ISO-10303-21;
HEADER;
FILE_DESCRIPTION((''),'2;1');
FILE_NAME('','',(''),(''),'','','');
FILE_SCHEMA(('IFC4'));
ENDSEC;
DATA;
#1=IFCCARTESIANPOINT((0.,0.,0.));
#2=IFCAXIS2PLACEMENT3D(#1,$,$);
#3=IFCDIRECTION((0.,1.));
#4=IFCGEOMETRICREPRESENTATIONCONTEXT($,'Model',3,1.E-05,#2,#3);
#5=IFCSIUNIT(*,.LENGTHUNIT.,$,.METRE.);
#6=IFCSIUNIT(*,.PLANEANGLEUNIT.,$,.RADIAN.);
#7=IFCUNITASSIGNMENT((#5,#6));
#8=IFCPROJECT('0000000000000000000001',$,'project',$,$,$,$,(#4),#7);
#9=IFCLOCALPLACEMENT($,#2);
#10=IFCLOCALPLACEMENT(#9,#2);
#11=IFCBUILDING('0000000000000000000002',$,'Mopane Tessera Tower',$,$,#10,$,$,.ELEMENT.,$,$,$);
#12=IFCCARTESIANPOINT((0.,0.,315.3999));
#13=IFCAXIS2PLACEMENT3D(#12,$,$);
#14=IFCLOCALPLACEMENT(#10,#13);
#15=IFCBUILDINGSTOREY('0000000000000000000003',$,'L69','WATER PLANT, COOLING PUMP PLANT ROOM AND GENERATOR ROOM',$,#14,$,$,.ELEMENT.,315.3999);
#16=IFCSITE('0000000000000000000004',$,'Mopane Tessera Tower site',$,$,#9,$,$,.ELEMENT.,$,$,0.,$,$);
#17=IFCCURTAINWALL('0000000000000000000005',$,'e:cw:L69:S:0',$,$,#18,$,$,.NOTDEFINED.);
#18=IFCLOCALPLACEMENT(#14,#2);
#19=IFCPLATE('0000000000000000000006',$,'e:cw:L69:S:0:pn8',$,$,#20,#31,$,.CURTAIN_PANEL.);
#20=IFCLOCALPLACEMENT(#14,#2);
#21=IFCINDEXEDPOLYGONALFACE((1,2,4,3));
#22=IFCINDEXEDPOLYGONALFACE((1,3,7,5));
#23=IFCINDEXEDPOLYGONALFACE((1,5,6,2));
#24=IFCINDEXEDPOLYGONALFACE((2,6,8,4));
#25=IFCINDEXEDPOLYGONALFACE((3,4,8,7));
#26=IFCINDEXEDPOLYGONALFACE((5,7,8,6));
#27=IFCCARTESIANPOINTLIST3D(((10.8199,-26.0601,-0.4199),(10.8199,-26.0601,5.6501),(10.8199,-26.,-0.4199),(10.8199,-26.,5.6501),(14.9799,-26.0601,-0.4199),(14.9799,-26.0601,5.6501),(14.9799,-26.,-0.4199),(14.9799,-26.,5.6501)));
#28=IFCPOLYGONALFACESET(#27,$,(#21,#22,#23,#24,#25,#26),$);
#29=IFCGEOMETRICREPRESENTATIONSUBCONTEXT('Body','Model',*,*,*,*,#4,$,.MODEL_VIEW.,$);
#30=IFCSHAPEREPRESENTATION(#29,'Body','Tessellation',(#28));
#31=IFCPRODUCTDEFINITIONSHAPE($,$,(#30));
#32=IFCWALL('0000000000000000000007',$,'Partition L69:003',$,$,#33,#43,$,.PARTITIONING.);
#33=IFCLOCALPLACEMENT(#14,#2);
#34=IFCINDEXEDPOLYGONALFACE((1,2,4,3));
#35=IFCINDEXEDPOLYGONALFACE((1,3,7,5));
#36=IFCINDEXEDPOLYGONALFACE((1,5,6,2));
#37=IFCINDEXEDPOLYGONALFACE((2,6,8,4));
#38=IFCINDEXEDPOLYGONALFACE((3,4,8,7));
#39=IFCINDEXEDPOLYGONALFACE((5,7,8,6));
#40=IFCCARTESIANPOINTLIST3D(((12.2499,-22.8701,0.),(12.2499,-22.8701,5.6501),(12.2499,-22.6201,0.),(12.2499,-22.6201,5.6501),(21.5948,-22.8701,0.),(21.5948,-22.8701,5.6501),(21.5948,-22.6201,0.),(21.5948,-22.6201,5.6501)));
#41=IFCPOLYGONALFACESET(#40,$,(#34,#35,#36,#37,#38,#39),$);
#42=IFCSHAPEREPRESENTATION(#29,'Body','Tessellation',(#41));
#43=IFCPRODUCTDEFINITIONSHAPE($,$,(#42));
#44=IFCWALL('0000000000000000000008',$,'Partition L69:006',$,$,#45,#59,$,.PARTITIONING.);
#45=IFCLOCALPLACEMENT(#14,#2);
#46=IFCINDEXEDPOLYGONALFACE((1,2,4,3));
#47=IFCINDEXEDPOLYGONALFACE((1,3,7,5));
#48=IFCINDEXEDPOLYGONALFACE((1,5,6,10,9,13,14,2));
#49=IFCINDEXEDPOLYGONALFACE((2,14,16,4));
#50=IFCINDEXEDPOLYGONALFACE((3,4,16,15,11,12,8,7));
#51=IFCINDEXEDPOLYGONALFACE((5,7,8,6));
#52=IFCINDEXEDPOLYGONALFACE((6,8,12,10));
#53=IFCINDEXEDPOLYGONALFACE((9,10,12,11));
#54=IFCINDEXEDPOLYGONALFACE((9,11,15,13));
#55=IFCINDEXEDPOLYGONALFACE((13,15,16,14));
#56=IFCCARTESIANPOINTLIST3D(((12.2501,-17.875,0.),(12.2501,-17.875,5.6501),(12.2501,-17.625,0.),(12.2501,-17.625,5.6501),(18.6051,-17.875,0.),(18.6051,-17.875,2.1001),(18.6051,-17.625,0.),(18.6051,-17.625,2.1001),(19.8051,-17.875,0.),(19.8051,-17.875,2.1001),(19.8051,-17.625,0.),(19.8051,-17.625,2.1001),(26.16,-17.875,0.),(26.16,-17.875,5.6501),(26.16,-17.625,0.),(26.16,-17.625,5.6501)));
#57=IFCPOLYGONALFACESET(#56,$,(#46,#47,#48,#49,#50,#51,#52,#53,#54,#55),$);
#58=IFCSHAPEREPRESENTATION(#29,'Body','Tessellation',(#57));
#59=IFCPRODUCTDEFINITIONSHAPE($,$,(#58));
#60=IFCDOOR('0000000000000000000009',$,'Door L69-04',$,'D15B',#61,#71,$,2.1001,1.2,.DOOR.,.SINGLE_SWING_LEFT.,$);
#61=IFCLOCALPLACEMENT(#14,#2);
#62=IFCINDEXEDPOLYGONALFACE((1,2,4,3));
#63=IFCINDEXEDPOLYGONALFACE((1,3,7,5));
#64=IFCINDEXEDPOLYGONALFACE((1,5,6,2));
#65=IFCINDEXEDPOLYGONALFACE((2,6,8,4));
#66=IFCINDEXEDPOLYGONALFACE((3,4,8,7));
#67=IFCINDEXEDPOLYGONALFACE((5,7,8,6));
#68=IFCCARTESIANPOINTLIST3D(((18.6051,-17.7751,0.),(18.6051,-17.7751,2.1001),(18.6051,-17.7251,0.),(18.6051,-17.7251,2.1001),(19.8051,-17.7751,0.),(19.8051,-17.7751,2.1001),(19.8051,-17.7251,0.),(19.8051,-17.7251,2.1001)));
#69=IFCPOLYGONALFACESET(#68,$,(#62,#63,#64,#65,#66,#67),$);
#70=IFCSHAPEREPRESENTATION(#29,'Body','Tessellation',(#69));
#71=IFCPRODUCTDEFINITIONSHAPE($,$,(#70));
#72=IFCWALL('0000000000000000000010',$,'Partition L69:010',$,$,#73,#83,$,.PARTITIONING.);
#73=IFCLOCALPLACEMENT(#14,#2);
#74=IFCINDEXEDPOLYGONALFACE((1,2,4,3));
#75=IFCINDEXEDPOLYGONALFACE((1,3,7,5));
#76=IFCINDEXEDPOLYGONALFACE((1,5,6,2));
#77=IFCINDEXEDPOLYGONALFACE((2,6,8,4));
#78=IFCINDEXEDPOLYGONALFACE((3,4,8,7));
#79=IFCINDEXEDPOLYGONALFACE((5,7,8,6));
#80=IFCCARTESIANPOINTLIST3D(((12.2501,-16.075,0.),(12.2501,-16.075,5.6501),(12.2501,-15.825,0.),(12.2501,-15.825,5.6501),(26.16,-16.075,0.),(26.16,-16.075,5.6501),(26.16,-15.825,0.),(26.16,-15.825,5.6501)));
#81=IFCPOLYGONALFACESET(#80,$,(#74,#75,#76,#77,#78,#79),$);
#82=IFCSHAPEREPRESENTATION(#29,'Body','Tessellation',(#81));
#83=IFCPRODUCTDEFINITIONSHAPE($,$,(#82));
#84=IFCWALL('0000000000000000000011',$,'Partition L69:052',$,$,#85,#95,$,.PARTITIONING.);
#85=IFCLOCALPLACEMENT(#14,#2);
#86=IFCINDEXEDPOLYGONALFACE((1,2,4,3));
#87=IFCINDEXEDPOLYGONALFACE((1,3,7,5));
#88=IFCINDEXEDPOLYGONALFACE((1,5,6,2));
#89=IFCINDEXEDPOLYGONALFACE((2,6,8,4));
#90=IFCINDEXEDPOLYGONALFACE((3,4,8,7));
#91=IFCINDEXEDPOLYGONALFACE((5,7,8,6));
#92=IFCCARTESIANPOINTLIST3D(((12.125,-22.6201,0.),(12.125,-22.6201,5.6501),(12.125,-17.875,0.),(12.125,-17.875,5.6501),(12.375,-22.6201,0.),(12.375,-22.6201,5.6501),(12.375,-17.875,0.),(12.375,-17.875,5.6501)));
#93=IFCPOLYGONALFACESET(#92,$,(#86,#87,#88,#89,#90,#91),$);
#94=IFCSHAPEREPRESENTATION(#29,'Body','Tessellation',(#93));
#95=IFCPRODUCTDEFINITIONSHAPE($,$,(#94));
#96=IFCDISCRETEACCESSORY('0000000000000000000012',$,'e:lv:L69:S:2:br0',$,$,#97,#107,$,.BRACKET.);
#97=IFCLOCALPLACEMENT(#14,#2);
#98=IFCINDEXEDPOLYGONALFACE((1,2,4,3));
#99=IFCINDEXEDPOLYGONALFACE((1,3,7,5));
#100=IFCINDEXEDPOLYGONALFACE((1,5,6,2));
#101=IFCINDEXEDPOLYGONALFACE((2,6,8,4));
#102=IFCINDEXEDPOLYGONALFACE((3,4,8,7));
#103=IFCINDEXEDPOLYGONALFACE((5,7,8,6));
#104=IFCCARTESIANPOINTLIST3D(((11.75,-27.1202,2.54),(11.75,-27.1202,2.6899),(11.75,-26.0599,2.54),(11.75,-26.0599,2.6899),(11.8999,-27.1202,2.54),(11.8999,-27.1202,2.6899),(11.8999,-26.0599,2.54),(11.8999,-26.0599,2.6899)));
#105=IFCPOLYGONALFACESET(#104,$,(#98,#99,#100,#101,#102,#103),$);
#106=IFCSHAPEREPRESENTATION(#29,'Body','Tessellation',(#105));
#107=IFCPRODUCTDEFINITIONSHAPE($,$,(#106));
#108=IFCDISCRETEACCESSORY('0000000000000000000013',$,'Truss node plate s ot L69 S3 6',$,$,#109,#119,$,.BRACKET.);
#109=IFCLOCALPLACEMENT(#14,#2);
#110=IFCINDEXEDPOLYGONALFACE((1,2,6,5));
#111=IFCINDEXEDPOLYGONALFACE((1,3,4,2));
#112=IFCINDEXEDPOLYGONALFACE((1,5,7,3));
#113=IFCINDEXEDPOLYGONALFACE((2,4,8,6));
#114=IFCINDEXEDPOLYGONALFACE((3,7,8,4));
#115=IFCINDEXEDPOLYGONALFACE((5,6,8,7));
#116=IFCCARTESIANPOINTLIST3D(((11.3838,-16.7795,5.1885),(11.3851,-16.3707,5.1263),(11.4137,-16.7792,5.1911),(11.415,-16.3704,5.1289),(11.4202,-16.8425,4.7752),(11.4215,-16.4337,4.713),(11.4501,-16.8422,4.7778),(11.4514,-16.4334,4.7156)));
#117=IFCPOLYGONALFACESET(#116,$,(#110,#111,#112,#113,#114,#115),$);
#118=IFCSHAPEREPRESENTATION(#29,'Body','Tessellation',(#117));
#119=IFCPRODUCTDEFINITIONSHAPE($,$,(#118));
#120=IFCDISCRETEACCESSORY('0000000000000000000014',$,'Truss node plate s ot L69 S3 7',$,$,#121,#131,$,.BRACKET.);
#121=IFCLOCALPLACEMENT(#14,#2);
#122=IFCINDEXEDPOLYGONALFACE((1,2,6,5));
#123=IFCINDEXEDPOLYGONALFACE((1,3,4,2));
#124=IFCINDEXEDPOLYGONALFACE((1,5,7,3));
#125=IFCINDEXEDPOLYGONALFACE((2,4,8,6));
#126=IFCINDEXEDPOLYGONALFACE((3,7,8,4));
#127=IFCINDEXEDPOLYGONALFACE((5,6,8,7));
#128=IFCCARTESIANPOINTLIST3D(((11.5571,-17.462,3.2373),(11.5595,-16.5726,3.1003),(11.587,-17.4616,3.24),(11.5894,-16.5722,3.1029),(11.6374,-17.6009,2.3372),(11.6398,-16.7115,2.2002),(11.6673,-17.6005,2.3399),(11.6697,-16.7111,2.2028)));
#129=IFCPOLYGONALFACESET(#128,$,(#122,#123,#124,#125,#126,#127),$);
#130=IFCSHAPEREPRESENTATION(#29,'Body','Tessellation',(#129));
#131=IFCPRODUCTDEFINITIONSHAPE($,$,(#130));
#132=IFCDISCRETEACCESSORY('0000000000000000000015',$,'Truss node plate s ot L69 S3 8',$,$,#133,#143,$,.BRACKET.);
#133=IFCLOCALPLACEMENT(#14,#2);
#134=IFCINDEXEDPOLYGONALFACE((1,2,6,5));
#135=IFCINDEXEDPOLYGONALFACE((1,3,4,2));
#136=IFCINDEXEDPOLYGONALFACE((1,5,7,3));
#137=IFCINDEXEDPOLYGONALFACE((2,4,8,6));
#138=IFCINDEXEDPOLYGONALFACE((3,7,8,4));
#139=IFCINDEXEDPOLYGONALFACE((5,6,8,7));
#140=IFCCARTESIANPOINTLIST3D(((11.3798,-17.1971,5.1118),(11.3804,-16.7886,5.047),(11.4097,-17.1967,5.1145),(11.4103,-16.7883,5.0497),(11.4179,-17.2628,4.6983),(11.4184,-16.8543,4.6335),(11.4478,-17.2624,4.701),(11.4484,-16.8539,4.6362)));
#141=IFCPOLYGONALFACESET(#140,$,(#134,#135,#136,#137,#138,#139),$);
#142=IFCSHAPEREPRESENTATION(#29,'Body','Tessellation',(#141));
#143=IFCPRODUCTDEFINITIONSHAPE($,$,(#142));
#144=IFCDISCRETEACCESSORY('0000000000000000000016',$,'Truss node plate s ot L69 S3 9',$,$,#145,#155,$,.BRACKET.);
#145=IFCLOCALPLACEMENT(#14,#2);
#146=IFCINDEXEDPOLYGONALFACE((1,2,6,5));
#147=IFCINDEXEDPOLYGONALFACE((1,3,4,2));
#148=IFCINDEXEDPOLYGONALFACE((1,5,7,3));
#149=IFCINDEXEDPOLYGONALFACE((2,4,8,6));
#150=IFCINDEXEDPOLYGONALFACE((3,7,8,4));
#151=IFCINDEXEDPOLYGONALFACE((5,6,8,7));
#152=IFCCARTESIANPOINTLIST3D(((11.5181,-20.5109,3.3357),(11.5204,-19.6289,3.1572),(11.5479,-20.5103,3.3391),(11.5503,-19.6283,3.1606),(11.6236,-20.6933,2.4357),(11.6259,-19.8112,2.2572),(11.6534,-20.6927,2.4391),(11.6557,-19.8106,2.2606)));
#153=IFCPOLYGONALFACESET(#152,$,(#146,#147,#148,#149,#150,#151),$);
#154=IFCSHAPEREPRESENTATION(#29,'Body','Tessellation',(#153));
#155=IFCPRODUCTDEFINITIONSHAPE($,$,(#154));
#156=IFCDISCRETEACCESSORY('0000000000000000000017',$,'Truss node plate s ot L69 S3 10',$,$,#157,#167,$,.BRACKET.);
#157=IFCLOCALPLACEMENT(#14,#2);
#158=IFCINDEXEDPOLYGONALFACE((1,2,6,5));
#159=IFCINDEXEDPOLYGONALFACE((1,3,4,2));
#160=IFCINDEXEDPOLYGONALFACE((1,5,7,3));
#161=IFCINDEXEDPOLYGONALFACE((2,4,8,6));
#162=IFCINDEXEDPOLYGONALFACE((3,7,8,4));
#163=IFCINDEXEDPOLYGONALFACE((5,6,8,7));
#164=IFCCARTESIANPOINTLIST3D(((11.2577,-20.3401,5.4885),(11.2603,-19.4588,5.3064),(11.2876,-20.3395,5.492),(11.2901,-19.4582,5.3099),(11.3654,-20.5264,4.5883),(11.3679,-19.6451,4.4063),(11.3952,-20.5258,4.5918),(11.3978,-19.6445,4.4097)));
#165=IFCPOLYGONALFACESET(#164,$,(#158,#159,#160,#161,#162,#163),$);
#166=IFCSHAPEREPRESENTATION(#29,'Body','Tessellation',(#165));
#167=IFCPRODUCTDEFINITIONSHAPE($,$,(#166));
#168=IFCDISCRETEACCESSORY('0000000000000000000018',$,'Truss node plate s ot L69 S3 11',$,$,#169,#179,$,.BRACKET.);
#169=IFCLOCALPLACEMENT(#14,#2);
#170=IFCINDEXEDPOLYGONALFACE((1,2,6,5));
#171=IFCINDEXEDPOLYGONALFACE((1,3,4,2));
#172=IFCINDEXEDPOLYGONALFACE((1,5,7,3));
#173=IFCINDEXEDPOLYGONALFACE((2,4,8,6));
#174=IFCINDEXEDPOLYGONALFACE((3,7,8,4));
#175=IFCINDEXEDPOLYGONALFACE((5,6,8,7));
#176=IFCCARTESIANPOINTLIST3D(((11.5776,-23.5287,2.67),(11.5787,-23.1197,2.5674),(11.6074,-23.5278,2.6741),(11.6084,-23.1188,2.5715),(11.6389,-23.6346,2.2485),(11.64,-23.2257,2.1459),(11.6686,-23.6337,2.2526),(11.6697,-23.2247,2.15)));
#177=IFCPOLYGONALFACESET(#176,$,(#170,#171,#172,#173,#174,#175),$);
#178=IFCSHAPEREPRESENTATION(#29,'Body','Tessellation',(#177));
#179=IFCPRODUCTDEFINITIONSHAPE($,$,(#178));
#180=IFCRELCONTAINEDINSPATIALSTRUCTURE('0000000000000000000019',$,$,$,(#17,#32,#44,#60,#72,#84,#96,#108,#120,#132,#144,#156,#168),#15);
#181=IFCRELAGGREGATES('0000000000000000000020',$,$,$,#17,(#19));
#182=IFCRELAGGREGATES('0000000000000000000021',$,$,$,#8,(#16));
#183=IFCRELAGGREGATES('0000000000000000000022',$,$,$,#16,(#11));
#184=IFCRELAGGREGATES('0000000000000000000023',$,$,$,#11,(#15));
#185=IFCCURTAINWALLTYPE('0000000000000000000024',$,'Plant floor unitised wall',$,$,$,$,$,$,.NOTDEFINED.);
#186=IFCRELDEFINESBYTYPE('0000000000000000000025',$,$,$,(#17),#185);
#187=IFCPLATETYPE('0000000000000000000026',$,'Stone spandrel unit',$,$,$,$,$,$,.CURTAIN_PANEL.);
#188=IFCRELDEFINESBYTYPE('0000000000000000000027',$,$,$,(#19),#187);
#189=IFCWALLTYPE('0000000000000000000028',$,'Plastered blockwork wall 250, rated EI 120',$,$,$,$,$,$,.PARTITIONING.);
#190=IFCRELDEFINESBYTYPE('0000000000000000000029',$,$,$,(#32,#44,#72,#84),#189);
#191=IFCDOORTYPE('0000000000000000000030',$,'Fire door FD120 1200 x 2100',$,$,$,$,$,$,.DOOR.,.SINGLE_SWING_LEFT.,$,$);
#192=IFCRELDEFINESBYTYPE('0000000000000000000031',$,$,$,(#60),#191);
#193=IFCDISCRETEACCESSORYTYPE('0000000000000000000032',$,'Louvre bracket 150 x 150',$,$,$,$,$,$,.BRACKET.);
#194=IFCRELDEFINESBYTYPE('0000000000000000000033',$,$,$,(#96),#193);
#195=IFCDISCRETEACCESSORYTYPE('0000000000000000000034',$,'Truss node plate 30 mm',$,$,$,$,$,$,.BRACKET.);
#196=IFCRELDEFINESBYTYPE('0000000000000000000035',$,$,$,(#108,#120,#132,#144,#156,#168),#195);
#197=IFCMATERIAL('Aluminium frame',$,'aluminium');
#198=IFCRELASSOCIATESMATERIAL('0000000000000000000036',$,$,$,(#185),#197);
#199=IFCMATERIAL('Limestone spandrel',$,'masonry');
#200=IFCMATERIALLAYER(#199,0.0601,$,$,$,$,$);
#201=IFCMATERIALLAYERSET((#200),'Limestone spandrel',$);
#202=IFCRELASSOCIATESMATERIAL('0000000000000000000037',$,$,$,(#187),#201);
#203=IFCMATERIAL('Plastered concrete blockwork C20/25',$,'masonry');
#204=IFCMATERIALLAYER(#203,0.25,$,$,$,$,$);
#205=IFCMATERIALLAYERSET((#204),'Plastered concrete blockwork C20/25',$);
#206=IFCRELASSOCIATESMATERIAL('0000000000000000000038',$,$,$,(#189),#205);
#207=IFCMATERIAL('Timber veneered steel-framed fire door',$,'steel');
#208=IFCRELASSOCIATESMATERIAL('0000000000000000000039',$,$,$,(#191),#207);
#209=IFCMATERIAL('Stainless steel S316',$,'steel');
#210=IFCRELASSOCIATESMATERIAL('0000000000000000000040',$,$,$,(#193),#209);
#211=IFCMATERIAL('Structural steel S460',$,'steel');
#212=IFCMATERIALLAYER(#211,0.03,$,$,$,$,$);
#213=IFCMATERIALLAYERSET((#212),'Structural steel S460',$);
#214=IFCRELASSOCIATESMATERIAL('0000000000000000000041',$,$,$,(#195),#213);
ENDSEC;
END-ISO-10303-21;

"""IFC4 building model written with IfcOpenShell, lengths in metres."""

from ifc_helpers import new_model, si_unit, direction, frame, frame_2d, origin, origin_2d, place, context, subcontext, project, spatial, rectangle, extrude, material, layer, layer_set, type_object, element, fill, aggregate, save


model = new_model("IFC4")

# Units and contexts
model_context = context("Model", 3, precision=1e-05, world=origin(), true_north=direction((0.0, 1.0)))
body_context = subcontext(model_context, "Body", "Model", "MODEL_VIEW")
ifc_project = project(units=[si_unit("LENGTHUNIT", "METRE"), si_unit("PLANEANGLEUNIT", "RADIAN")], contexts=[model_context])

# Site, building, storey
site_placement = place(None, origin())
site = spatial("IfcSite", under=ifc_project, at=site_placement, Name="Mopane Tessera Tower site", CompositionType="ELEMENT", RefElevation=0.0)
building_placement = place(site_placement, origin())
building = spatial("IfcBuilding", under=site, at=building_placement, Name="Mopane Tessera Tower", CompositionType="ELEMENT")
storey_placement = place(building_placement, frame((0.0, 0.0, 315.3999)))
storey = spatial("IfcBuildingStorey", under=building, at=storey_placement, Name="L69", Description="WATER PLANT, COOLING PUMP PLANT ROOM AND GENERATOR ROOM", CompositionType="ELEMENT", Elevation=315.3999)

# Curtain wall
ifc_material_1 = material(Name="Aluminium frame", Category="aluminium")
curtain_wall_type = type_object("IfcCurtainWallType", Name="Plant floor unitised wall", PredefinedType="NOTDEFINED", material=ifc_material_1)
curtain_wall_placement = place(storey_placement, origin())
curtain_wall = element("IfcCurtainWall", 1, at=curtain_wall_placement, inside=storey, type_object=curtain_wall_type, Name="e:cw:L69:S:0", PredefinedType="NOTDEFINED")

# Plate
ifc_material_2 = material(Name="Limestone spandrel", Category="masonry")
ifc_layer_1 = layer(ifc_material_2, 0.0601)
ifc_layer_set_1 = layer_set([ifc_layer_1], Name="Limestone spandrel")
plate_type = type_object("IfcPlateType", Name="Stone spandrel unit", PredefinedType="CURTAIN_PANEL", material=ifc_layer_set_1)
plate_placement = place(storey_placement, frame((12.8999, -26.03, -0.4199), z_axis=(0.0, 0.0, 1.0), x_axis=(1.0, 0.0, 0.0)))
plate = element("IfcPlate", 2, at=plate_placement, type_object=plate_type, Name="e:cw:L69:S:0:pn8", PredefinedType="CURTAIN_PANEL", context=body_context, shape_type="SweptSolid", body=[
    extrude(rectangle(XDim=4.1599, YDim=0.0601, at=origin_2d()), origin(), (0.0, 0.0, 1.0), 6.0701),
])
aggregate(curtain_wall, [plate])

# Wall
ifc_material_3 = material(Name="Plastered concrete blockwork C20/25", Category="masonry")
ifc_layer_2 = layer(ifc_material_3, 0.25)
ifc_layer_set_2 = layer_set([ifc_layer_2], Name="Plastered concrete blockwork C20/25")
wall_type = type_object("IfcWallType", Name="Plastered blockwork wall 250, rated EI 120", PredefinedType="PARTITIONING", material=ifc_layer_set_2)
wall_1_placement = place(storey_placement, frame((12.25, -22.7451, 0.0), z_axis=(0.0, 0.0, 1.0), x_axis=(1.0, 0.0, 0.0)))
element("IfcWall", 3, at=wall_1_placement, inside=storey, type_object=wall_type, Name="Partition L69:003", PredefinedType="PARTITIONING", context=body_context, shape_type="SweptSolid", body=[
    extrude(rectangle(XDim=9.345, YDim=0.25, at=frame_2d((4.6724, 0.0))), origin(), (0.0, 0.0, 1.0), 5.6501),
])

# Wall, opening, door
wall_2_placement = place(storey_placement, frame((12.25, -17.75, 0.0), z_axis=(0.0, 0.0, 1.0), x_axis=(1.0, 0.0, 0.0)))
wall_2 = element("IfcWall", 4, at=wall_2_placement, inside=storey, type_object=wall_type, Name="Partition L69:006", PredefinedType="PARTITIONING", context=body_context, shape_type="SweptSolid", body=[
    extrude(rectangle(XDim=13.9099, YDim=0.25, at=frame_2d((6.9551, 0.0))), origin(), (0.0, 0.0, 1.0), 5.6501),
])
opening_placement = place(wall_2_placement, frame((6.355, 0.0, 0.0)))
opening = element("IfcOpeningElement", 5, at=opening_placement, cuts=wall_2, PredefinedType="OPENING", context=body_context, shape_type="SweptSolid", body=[
    extrude(rectangle(XDim=1.2, YDim=2.1001, at=frame_2d((0.6001, 1.05))), frame((0.0, 0.137, 0.0), z_axis=(0.0, -1.0, 0.0), x_axis=(1.0, 0.0, 0.0)), (0.0, 0.0, 1.0), 0.2739),
])
ifc_material_4 = material(Name="Timber veneered steel-framed fire door", Category="steel")
door_type = type_object("IfcDoorType", Name="Fire door FD120 1200 x 2100", OperationType="SINGLE_SWING_LEFT", PredefinedType="DOOR", material=ifc_material_4)
door_placement = place(opening_placement, origin())
door = element("IfcDoor", 6, at=door_placement, inside=storey, type_object=door_type, Name="Door L69-04", ObjectType="D15B", OperationType="SINGLE_SWING_LEFT", OverallHeight=2.1001, OverallWidth=1.2, PredefinedType="DOOR", context=body_context, shape_type="SweptSolid", body=[
    extrude(rectangle(XDim=1.2, YDim=2.1001, at=frame_2d((0.6001, 1.05))), frame((0.0, 0.0249, 0.0), z_axis=(0.0, -1.0, 0.0), x_axis=(1.0, 0.0, 0.0)), (0.0, 0.0, 1.0), 0.05),
])
fill(opening, door)

# Walls
wall_3_placement = place(storey_placement, frame((12.25, -15.95, 0.0), z_axis=(0.0, 0.0, 1.0), x_axis=(1.0, 0.0, 0.0)))
element("IfcWall", 7, at=wall_3_placement, inside=storey, type_object=wall_type, Name="Partition L69:010", PredefinedType="PARTITIONING", context=body_context, shape_type="SweptSolid", body=[
    extrude(rectangle(XDim=13.9099, YDim=0.25, at=frame_2d((6.9551, 0.0))), origin(), (0.0, 0.0, 1.0), 5.6501),
])
wall_4_placement = place(storey_placement, frame((12.25, -22.6201, 0.0), z_axis=(0.0, 0.0, 1.0), x_axis=(0.0, 1.0, 0.0)))
element("IfcWall", 8, at=wall_4_placement, inside=storey, type_object=wall_type, Name="Partition L69:052", PredefinedType="PARTITIONING", context=body_context, shape_type="SweptSolid", body=[
    extrude(rectangle(XDim=4.7451, YDim=0.25, at=frame_2d((2.3726, 0.0))), origin(), (0.0, 0.0, 1.0), 5.6501),
])

# Discrete accessories
ifc_material_5 = material(Name="Stainless steel S316", Category="steel")
discrete_accessory_type_1 = type_object("IfcDiscreteAccessoryType", Name="Louvre bracket 150 x 150", PredefinedType="BRACKET", material=ifc_material_5)
discrete_accessory_1_placement = place(storey_placement, frame((11.825, -26.5901, 2.54), z_axis=(0.0, 0.0, 1.0), x_axis=(0.0, -1.0, 0.0)))
element("IfcDiscreteAccessory", 9, at=discrete_accessory_1_placement, inside=storey, type_object=discrete_accessory_type_1, Name="e:lv:L69:S:2:br0", PredefinedType="BRACKET", context=body_context, shape_type="SweptSolid", body=[
    extrude(rectangle(XDim=1.0603, YDim=0.1499, at=origin_2d()), origin(), (0.0, 0.0, 1.0), 0.1499),
])
ifc_material_6 = material(Name="Structural steel S460", Category="steel")
ifc_layer_3 = layer(ifc_material_6, 0.03)
ifc_layer_set_3 = layer_set([ifc_layer_3], Name="Structural steel S460")
discrete_accessory_type_2 = type_object("IfcDiscreteAccessoryType", Name="Truss node plate 30 mm", PredefinedType="BRACKET", material=ifc_layer_set_3)
discrete_accessory_2_placement = place(storey_placement, frame((11.4358, -16.6379, 4.7454), z_axis=(-0.086678, 0.150086, 0.984866), x_axis=(0.996231, 0.009872, 0.086173)))
element("IfcDiscreteAccessory", 10, at=discrete_accessory_2_placement, inside=storey, type_object=discrete_accessory_type_2, Name="Truss node plate s ot L69 S3 6", PredefinedType="BRACKET", context=body_context, shape_type="SweptSolid", body=[
    extrude(rectangle(XDim=0.03, YDim=0.4136, at=origin_2d()), origin(), (0.0, 0.0, 1.0), 0.4197),
])
discrete_accessory_3_placement = place(storey_placement, frame((11.6536, -17.156, 2.27), z_axis=(-0.087848, 0.151931, 0.984479), x_axis=(0.99613, 0.010738, 0.08723)))
element("IfcDiscreteAccessory", 11, at=discrete_accessory_3_placement, inside=storey, type_object=discrete_accessory_type_2, Name="Truss node plate s ot L69 S3 7", PredefinedType="BRACKET", context=body_context, shape_type="SweptSolid", body=[
    extrude(rectangle(XDim=0.03, YDim=0.8999, at=origin_2d()), origin(), (0.0, 0.0, 1.0), 0.9143),
])
discrete_accessory_4_placement = place(storey_placement, frame((11.4331, -17.0583, 4.6672), z_axis=(-0.090576, 0.156186, 0.983566), x_axis=(0.995888, 0.01279, 0.08968)))
element("IfcDiscreteAccessory", 12, at=discrete_accessory_4_placement, inside=storey, type_object=discrete_accessory_type_2, Name="Truss node plate s ot L69 S3 8", PredefinedType="BRACKET", context=body_context, shape_type="SweptSolid", body=[
    extrude(rectangle(XDim=0.03, YDim=0.4136, at=origin_2d()), origin(), (0.0, 0.0, 1.0), 0.4204),
])
discrete_accessory_5_placement = place(storey_placement, frame((11.6396, -20.252, 2.3481), z_axis=(-0.114115, 0.197324, 0.973674), x_axis=(0.993464, 0.020111, 0.112359)))
element("IfcDiscreteAccessory", 13, at=discrete_accessory_5_placement, inside=storey, type_object=discrete_accessory_type_2, Name="Truss node plate s ot L69 S3 9", PredefinedType="BRACKET", context=body_context, shape_type="SweptSolid", body=[
    extrude(rectangle(XDim=0.03, YDim=0.8999, at=origin_2d()), origin(), (0.0, 0.0, 1.0), 0.9243),
])
discrete_accessory_6_placement = place(storey_placement, frame((11.3816, -20.0854, 4.499), z_axis=(-0.116332, 0.201274, 0.972603), x_axis=(0.993206, 0.020792, 0.114494)))
element("IfcDiscreteAccessory", 14, at=discrete_accessory_6_placement, inside=storey, type_object=discrete_accessory_type_2, Name="Truss node plate s ot L69 S3 10", PredefinedType="BRACKET", context=body_context, shape_type="SweptSolid", body=[
    extrude(rectangle(XDim=0.03, YDim=0.8999, at=origin_2d()), origin(), (0.0, 0.0, 1.0), 0.9255),
])
discrete_accessory_7_placement = place(storey_placement, frame((11.6543, -23.4297, 2.1992), z_axis=(-0.139576, 0.241339, 0.960351), x_axis=(0.990208, 0.031543, 0.135989)))
element("IfcDiscreteAccessory", 15, at=discrete_accessory_7_placement, inside=storey, type_object=discrete_accessory_type_2, Name="Truss node plate s ot L69 S3 11", PredefinedType="BRACKET", context=body_context, shape_type="SweptSolid", body=[
    extrude(rectangle(XDim=0.03, YDim=0.4216, at=origin_2d()), origin(), (0.0, 0.0, 1.0), 0.439),
])

save(model, "model.ifc")
